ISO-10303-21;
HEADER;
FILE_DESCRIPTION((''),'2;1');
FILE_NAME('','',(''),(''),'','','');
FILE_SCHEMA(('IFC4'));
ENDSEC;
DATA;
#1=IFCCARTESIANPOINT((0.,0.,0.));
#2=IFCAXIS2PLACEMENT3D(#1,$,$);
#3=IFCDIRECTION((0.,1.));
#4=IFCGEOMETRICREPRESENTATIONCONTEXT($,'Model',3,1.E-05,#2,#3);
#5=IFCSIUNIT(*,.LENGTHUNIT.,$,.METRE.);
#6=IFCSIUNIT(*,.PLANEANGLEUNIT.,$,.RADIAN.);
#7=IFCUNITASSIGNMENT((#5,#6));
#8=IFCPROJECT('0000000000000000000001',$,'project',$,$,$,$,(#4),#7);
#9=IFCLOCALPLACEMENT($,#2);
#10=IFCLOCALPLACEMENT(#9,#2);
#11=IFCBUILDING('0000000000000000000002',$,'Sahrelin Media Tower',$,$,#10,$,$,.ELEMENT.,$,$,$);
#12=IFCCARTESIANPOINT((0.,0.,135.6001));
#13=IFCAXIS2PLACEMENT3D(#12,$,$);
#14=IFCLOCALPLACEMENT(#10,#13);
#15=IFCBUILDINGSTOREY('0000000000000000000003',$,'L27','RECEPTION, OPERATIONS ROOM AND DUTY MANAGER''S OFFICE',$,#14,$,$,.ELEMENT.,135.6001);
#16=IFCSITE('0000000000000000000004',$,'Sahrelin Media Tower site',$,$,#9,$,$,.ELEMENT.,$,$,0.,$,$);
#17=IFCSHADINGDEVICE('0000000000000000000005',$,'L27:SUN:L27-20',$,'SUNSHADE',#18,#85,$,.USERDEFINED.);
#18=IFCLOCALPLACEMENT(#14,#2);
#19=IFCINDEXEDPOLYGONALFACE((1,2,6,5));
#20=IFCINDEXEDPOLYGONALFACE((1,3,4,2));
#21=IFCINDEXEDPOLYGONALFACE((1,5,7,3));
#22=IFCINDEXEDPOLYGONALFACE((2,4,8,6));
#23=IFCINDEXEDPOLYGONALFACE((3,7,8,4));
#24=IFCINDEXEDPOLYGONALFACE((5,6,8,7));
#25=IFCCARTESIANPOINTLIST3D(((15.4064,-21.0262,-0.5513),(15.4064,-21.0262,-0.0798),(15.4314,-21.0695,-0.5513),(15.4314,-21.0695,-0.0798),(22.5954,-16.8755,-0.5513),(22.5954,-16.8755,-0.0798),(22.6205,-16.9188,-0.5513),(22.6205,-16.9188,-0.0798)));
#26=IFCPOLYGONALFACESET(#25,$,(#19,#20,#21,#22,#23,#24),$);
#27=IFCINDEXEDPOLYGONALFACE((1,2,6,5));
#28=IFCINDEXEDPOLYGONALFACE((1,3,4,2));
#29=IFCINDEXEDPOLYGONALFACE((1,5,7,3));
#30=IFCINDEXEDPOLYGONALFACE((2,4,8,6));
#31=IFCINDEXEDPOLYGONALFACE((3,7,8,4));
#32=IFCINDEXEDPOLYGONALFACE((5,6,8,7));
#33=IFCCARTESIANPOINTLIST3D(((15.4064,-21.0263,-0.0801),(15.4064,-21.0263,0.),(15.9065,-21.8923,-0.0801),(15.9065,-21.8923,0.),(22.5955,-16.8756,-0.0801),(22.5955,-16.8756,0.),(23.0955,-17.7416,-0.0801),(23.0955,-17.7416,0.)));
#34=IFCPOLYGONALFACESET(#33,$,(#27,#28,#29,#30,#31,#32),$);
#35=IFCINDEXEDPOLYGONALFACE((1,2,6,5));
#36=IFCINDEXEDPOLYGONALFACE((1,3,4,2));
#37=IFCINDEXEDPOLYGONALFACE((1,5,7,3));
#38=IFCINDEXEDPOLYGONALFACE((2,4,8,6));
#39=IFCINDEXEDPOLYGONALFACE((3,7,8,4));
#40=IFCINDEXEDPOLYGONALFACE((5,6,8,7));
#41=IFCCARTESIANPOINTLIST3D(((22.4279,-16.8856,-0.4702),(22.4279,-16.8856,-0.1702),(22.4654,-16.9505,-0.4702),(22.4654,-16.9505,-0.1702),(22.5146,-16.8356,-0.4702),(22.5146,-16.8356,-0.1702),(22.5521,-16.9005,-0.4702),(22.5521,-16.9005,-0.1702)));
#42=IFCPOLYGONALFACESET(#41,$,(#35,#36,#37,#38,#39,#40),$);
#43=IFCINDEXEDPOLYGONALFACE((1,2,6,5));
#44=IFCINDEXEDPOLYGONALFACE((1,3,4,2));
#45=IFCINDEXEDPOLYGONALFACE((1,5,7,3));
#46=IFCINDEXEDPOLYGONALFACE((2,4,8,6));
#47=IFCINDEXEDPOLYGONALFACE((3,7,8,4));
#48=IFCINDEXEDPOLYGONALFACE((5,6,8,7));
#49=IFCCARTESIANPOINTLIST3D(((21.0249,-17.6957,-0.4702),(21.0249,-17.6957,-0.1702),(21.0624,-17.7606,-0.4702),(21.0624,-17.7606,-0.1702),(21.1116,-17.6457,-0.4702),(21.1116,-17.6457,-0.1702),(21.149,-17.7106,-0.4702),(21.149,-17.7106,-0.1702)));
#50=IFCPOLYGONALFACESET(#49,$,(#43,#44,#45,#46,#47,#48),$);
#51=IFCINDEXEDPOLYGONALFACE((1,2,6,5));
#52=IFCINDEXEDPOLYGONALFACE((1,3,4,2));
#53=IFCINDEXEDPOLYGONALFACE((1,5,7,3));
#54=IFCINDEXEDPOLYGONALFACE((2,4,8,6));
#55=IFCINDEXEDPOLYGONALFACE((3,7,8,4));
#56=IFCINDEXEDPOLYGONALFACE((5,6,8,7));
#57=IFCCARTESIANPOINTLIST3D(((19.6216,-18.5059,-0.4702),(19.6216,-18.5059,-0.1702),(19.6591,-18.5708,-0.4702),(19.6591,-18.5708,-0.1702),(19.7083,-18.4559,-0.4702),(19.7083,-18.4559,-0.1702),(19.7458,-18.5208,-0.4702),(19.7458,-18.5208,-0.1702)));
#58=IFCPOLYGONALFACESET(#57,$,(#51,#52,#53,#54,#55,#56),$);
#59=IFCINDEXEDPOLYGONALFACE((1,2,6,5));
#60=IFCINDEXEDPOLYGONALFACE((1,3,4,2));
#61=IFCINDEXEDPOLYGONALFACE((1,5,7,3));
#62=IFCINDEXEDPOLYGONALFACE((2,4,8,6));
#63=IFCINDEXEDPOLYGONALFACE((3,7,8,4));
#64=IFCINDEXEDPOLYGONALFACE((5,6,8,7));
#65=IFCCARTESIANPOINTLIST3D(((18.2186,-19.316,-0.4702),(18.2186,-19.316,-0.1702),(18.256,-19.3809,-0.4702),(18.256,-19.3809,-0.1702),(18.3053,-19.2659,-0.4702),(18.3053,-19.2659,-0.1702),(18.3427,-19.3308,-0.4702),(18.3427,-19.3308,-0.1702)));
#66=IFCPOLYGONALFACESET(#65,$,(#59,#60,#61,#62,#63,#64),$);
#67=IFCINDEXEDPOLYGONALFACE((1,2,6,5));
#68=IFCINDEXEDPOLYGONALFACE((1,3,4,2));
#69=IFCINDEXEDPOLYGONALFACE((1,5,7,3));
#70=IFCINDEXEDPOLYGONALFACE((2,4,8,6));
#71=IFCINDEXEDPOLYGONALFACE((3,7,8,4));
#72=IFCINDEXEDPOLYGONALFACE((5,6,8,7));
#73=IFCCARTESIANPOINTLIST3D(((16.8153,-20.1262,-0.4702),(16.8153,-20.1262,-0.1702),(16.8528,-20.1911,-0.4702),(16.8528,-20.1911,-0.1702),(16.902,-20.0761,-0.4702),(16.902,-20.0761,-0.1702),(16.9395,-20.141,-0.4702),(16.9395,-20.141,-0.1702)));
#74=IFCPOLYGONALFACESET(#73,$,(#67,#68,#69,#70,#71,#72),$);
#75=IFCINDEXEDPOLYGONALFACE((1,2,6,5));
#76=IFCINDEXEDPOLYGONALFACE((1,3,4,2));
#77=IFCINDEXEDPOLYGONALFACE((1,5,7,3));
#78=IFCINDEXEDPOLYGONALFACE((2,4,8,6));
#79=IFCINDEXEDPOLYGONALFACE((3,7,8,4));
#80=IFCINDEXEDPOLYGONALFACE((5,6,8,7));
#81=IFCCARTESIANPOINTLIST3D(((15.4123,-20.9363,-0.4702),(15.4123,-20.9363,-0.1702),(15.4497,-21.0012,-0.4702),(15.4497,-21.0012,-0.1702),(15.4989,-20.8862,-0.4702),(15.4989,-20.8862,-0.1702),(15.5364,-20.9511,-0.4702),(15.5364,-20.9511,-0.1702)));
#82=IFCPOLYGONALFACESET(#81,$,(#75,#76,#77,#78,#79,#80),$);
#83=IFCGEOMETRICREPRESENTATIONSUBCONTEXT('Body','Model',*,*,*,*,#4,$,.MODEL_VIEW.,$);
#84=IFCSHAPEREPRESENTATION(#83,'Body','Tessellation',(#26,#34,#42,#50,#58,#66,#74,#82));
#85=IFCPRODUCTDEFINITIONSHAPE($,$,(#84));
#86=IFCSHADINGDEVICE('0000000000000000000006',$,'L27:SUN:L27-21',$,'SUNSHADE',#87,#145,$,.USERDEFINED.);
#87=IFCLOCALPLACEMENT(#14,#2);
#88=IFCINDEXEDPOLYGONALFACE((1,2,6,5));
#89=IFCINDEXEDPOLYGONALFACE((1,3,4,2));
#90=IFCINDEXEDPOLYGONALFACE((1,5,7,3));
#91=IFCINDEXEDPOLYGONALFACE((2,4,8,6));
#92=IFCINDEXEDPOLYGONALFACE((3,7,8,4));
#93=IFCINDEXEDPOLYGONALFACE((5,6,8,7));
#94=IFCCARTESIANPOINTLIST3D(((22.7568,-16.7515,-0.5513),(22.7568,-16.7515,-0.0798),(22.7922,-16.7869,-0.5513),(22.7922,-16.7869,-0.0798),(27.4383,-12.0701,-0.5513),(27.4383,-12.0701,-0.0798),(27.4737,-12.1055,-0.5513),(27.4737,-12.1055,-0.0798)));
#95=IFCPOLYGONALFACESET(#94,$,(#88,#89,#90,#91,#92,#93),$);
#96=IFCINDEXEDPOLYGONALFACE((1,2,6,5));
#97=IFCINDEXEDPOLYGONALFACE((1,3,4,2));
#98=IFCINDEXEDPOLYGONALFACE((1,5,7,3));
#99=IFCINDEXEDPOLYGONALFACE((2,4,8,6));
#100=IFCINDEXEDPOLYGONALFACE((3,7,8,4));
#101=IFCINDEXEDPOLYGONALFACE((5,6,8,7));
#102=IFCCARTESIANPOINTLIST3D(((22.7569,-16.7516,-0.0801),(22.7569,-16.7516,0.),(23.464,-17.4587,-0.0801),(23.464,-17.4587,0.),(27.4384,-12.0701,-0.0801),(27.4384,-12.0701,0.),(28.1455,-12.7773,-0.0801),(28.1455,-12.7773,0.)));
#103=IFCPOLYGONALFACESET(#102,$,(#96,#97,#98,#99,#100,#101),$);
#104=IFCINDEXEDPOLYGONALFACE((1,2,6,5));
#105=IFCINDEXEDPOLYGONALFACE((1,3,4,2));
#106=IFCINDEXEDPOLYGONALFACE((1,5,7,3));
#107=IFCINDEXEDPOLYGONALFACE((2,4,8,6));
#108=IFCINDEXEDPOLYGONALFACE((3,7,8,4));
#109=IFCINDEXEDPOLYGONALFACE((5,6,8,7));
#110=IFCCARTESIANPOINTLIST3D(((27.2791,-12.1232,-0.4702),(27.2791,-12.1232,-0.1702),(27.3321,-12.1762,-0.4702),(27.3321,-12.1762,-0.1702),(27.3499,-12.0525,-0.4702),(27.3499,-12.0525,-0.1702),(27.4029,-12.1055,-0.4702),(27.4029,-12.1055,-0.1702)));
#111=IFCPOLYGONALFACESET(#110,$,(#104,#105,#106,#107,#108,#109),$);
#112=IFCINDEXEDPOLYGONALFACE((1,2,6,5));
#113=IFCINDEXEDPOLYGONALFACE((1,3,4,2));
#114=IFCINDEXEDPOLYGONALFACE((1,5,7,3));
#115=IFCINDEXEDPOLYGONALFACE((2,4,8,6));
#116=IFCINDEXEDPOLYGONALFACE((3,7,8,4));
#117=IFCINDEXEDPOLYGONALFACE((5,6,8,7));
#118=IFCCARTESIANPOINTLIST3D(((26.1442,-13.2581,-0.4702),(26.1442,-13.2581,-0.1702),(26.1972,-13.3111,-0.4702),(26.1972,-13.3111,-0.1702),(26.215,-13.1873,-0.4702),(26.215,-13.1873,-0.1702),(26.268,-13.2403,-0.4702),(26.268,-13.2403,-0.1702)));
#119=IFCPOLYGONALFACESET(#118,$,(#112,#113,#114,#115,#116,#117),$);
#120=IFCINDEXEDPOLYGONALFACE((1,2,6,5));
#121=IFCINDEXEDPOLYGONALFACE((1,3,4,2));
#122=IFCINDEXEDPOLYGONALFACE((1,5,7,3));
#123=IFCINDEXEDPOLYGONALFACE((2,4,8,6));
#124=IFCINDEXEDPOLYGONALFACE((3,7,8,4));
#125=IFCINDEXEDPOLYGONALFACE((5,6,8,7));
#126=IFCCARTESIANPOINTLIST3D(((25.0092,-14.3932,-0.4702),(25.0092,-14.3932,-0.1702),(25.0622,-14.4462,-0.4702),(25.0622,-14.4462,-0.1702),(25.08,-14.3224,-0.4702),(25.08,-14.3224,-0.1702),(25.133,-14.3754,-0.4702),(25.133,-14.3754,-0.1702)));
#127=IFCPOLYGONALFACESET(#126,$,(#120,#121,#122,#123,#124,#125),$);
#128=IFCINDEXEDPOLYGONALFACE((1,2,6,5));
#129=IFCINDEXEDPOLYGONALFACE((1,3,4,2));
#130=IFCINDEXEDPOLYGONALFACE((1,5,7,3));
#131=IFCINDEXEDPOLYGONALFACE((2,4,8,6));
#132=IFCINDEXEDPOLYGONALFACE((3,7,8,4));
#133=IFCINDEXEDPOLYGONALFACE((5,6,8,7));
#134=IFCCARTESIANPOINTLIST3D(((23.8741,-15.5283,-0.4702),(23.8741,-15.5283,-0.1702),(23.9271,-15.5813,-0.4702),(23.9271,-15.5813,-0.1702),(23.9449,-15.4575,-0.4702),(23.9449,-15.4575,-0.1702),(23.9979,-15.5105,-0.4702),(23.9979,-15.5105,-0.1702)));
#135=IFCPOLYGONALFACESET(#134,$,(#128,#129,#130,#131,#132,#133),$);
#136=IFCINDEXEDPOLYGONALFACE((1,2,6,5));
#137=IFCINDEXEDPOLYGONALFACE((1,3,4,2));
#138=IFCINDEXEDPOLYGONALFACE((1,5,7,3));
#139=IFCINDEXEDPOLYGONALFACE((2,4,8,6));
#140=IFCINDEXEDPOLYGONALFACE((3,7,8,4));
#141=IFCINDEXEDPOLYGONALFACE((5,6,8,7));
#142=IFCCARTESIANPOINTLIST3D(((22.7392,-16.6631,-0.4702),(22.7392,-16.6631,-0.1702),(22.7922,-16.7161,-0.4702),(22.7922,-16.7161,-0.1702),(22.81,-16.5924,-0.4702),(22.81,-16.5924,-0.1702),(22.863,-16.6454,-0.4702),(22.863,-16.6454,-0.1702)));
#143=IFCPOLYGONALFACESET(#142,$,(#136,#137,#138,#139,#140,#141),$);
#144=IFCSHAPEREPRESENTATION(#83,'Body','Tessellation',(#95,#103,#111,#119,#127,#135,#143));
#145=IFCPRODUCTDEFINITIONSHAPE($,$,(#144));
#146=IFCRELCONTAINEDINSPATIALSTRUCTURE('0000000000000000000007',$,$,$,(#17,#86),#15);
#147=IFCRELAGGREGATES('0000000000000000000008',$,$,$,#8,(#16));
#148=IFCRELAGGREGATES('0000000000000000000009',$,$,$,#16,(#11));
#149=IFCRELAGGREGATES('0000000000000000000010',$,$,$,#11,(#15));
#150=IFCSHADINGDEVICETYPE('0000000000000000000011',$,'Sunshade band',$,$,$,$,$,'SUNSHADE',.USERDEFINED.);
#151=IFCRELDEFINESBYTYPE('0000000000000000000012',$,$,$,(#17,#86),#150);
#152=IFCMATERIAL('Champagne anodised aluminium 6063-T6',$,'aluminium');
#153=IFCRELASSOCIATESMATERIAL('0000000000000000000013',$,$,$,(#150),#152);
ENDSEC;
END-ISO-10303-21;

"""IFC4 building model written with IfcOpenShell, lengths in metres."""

from ifc_helpers import new_model, si_unit, direction, frame, origin, origin_2d, place, context, subcontext, project, spatial, rectangle, extrude, material, type_object, element, save


model = new_model("IFC4")

# Units and contexts
model_context = context("Model", 3, precision=1e-05, world=origin(), true_north=direction((0.0, 1.0)))
body_context = subcontext(model_context, "Body", "Model", "MODEL_VIEW")
ifc_project = project(units=[si_unit("LENGTHUNIT", "METRE"), si_unit("PLANEANGLEUNIT", "RADIAN")], contexts=[model_context])

# Site, building, storey
site_placement = place(None, origin())
site = spatial("IfcSite", under=ifc_project, at=site_placement, Name="Sahrelin Media Tower site", CompositionType="ELEMENT", RefElevation=0.0)
building_placement = place(site_placement, origin())
building = spatial("IfcBuilding", under=site, at=building_placement, Name="Sahrelin Media Tower", CompositionType="ELEMENT")
storey_placement = place(building_placement, frame((0.0, 0.0, 135.6001)))
storey = spatial("IfcBuildingStorey", under=building, at=storey_placement, Name="L27", Description="RECEPTION, OPERATIONS ROOM AND DUTY MANAGER'S OFFICE", CompositionType="ELEMENT", Elevation=135.6001)

# Shared definitions
ifc_material_1 = material(Name="Champagne anodised aluminium 6063-T6", Category="aluminium")

# Shading devices
placement_1 = place(storey_placement, frame((18.991, -18.9336, 0.0), z_axis=(0.0, 0.0, 1.0), x_axis=(-0.866019, -0.500011, 0.0)))
placement_2 = place(storey_placement, frame((25.0835, -14.3967, 0.0), z_axis=(0.0, 0.0, 1.0), x_axis=(-0.707107, -0.707107, 0.0)))
shading_device_type_1 = type_object("IfcShadingDeviceType", Name="Sunshade band", ElementType="SUNSHADE", PredefinedType="USERDEFINED", material=ifc_material_1)
element("IfcShadingDevice", 1, at=placement_1, inside=storey, type_object=shading_device_type_1, Name="L27:SUN:L27-20", ObjectType="SUNSHADE", PredefinedType="USERDEFINED", context=body_context, shape_type="SweptSolid", body=[
    extrude(rectangle(XDim=8.3013, YDim=0.05, at=origin_2d()), frame((0.0, 0.0449, -0.5513)), (0.0, 0.0, 1.0), 0.4714),
    extrude(rectangle(XDim=8.3013, YDim=1.0, at=origin_2d()), frame((0.0, 0.52, -0.0801)), (0.0, 0.0, 1.0), 0.0801),
    extrude(rectangle(XDim=0.1001, YDim=0.075, at=origin_2d()), frame((-4.0505, -0.0176, -0.4702)), (0.0, 0.0, 1.0), 0.3),
    extrude(rectangle(XDim=0.1001, YDim=0.075, at=origin_2d()), frame((-2.4304, -0.0176, -0.4702)), (0.0, 0.0, 1.0), 0.3),
    extrude(rectangle(XDim=0.1001, YDim=0.075, at=origin_2d()), frame((-0.8101, -0.0176, -0.4702)), (0.0, 0.0, 1.0), 0.3),
    extrude(rectangle(XDim=0.1001, YDim=0.075, at=origin_2d()), frame((0.8101, -0.0176, -0.4702)), (0.0, 0.0, 1.0), 0.3),
    extrude(rectangle(XDim=0.1001, YDim=0.075, at=origin_2d()), frame((2.4304, -0.0176, -0.4702)), (0.0, 0.0, 1.0), 0.3),
    extrude(rectangle(XDim=0.1001, YDim=0.075, at=origin_2d()), frame((4.0505, -0.0176, -0.4702)), (0.0, 0.0, 1.0), 0.3),
])
element("IfcShadingDevice", 2, at=placement_2, inside=storey, type_object=shading_device_type_1, Name="L27:SUN:L27-21", ObjectType="SUNSHADE", PredefinedType="USERDEFINED", context=body_context, shape_type="SweptSolid", body=[
    extrude(rectangle(XDim=6.6206, YDim=0.05, at=origin_2d()), frame((0.0, 0.0449, -0.5513)), (0.0, 0.0, 1.0), 0.4714),
    extrude(rectangle(XDim=6.6206, YDim=1.0, at=origin_2d()), frame((0.0, 0.52, -0.0801)), (0.0, 0.0, 1.0), 0.0801),
    extrude(rectangle(XDim=0.1001, YDim=0.075, at=origin_2d()), frame((-3.2102, -0.0176, -0.4702)), (0.0, 0.0, 1.0), 0.3),
    extrude(rectangle(XDim=0.1001, YDim=0.075, at=origin_2d()), frame((-1.6052, -0.0176, -0.4702)), (0.0, 0.0, 1.0), 0.3),
    extrude(rectangle(XDim=0.1001, YDim=0.075, at=origin_2d()), frame((0.0, -0.0176, -0.4702)), (0.0, 0.0, 1.0), 0.3),
    extrude(rectangle(XDim=0.1001, YDim=0.075, at=origin_2d()), frame((1.6052, -0.0176, -0.4702)), (0.0, 0.0, 1.0), 0.3),
    extrude(rectangle(XDim=0.1001, YDim=0.075, at=origin_2d()), frame((3.2102, -0.0176, -0.4702)), (0.0, 0.0, 1.0), 0.3),
])

save(model, "model.ifc")
